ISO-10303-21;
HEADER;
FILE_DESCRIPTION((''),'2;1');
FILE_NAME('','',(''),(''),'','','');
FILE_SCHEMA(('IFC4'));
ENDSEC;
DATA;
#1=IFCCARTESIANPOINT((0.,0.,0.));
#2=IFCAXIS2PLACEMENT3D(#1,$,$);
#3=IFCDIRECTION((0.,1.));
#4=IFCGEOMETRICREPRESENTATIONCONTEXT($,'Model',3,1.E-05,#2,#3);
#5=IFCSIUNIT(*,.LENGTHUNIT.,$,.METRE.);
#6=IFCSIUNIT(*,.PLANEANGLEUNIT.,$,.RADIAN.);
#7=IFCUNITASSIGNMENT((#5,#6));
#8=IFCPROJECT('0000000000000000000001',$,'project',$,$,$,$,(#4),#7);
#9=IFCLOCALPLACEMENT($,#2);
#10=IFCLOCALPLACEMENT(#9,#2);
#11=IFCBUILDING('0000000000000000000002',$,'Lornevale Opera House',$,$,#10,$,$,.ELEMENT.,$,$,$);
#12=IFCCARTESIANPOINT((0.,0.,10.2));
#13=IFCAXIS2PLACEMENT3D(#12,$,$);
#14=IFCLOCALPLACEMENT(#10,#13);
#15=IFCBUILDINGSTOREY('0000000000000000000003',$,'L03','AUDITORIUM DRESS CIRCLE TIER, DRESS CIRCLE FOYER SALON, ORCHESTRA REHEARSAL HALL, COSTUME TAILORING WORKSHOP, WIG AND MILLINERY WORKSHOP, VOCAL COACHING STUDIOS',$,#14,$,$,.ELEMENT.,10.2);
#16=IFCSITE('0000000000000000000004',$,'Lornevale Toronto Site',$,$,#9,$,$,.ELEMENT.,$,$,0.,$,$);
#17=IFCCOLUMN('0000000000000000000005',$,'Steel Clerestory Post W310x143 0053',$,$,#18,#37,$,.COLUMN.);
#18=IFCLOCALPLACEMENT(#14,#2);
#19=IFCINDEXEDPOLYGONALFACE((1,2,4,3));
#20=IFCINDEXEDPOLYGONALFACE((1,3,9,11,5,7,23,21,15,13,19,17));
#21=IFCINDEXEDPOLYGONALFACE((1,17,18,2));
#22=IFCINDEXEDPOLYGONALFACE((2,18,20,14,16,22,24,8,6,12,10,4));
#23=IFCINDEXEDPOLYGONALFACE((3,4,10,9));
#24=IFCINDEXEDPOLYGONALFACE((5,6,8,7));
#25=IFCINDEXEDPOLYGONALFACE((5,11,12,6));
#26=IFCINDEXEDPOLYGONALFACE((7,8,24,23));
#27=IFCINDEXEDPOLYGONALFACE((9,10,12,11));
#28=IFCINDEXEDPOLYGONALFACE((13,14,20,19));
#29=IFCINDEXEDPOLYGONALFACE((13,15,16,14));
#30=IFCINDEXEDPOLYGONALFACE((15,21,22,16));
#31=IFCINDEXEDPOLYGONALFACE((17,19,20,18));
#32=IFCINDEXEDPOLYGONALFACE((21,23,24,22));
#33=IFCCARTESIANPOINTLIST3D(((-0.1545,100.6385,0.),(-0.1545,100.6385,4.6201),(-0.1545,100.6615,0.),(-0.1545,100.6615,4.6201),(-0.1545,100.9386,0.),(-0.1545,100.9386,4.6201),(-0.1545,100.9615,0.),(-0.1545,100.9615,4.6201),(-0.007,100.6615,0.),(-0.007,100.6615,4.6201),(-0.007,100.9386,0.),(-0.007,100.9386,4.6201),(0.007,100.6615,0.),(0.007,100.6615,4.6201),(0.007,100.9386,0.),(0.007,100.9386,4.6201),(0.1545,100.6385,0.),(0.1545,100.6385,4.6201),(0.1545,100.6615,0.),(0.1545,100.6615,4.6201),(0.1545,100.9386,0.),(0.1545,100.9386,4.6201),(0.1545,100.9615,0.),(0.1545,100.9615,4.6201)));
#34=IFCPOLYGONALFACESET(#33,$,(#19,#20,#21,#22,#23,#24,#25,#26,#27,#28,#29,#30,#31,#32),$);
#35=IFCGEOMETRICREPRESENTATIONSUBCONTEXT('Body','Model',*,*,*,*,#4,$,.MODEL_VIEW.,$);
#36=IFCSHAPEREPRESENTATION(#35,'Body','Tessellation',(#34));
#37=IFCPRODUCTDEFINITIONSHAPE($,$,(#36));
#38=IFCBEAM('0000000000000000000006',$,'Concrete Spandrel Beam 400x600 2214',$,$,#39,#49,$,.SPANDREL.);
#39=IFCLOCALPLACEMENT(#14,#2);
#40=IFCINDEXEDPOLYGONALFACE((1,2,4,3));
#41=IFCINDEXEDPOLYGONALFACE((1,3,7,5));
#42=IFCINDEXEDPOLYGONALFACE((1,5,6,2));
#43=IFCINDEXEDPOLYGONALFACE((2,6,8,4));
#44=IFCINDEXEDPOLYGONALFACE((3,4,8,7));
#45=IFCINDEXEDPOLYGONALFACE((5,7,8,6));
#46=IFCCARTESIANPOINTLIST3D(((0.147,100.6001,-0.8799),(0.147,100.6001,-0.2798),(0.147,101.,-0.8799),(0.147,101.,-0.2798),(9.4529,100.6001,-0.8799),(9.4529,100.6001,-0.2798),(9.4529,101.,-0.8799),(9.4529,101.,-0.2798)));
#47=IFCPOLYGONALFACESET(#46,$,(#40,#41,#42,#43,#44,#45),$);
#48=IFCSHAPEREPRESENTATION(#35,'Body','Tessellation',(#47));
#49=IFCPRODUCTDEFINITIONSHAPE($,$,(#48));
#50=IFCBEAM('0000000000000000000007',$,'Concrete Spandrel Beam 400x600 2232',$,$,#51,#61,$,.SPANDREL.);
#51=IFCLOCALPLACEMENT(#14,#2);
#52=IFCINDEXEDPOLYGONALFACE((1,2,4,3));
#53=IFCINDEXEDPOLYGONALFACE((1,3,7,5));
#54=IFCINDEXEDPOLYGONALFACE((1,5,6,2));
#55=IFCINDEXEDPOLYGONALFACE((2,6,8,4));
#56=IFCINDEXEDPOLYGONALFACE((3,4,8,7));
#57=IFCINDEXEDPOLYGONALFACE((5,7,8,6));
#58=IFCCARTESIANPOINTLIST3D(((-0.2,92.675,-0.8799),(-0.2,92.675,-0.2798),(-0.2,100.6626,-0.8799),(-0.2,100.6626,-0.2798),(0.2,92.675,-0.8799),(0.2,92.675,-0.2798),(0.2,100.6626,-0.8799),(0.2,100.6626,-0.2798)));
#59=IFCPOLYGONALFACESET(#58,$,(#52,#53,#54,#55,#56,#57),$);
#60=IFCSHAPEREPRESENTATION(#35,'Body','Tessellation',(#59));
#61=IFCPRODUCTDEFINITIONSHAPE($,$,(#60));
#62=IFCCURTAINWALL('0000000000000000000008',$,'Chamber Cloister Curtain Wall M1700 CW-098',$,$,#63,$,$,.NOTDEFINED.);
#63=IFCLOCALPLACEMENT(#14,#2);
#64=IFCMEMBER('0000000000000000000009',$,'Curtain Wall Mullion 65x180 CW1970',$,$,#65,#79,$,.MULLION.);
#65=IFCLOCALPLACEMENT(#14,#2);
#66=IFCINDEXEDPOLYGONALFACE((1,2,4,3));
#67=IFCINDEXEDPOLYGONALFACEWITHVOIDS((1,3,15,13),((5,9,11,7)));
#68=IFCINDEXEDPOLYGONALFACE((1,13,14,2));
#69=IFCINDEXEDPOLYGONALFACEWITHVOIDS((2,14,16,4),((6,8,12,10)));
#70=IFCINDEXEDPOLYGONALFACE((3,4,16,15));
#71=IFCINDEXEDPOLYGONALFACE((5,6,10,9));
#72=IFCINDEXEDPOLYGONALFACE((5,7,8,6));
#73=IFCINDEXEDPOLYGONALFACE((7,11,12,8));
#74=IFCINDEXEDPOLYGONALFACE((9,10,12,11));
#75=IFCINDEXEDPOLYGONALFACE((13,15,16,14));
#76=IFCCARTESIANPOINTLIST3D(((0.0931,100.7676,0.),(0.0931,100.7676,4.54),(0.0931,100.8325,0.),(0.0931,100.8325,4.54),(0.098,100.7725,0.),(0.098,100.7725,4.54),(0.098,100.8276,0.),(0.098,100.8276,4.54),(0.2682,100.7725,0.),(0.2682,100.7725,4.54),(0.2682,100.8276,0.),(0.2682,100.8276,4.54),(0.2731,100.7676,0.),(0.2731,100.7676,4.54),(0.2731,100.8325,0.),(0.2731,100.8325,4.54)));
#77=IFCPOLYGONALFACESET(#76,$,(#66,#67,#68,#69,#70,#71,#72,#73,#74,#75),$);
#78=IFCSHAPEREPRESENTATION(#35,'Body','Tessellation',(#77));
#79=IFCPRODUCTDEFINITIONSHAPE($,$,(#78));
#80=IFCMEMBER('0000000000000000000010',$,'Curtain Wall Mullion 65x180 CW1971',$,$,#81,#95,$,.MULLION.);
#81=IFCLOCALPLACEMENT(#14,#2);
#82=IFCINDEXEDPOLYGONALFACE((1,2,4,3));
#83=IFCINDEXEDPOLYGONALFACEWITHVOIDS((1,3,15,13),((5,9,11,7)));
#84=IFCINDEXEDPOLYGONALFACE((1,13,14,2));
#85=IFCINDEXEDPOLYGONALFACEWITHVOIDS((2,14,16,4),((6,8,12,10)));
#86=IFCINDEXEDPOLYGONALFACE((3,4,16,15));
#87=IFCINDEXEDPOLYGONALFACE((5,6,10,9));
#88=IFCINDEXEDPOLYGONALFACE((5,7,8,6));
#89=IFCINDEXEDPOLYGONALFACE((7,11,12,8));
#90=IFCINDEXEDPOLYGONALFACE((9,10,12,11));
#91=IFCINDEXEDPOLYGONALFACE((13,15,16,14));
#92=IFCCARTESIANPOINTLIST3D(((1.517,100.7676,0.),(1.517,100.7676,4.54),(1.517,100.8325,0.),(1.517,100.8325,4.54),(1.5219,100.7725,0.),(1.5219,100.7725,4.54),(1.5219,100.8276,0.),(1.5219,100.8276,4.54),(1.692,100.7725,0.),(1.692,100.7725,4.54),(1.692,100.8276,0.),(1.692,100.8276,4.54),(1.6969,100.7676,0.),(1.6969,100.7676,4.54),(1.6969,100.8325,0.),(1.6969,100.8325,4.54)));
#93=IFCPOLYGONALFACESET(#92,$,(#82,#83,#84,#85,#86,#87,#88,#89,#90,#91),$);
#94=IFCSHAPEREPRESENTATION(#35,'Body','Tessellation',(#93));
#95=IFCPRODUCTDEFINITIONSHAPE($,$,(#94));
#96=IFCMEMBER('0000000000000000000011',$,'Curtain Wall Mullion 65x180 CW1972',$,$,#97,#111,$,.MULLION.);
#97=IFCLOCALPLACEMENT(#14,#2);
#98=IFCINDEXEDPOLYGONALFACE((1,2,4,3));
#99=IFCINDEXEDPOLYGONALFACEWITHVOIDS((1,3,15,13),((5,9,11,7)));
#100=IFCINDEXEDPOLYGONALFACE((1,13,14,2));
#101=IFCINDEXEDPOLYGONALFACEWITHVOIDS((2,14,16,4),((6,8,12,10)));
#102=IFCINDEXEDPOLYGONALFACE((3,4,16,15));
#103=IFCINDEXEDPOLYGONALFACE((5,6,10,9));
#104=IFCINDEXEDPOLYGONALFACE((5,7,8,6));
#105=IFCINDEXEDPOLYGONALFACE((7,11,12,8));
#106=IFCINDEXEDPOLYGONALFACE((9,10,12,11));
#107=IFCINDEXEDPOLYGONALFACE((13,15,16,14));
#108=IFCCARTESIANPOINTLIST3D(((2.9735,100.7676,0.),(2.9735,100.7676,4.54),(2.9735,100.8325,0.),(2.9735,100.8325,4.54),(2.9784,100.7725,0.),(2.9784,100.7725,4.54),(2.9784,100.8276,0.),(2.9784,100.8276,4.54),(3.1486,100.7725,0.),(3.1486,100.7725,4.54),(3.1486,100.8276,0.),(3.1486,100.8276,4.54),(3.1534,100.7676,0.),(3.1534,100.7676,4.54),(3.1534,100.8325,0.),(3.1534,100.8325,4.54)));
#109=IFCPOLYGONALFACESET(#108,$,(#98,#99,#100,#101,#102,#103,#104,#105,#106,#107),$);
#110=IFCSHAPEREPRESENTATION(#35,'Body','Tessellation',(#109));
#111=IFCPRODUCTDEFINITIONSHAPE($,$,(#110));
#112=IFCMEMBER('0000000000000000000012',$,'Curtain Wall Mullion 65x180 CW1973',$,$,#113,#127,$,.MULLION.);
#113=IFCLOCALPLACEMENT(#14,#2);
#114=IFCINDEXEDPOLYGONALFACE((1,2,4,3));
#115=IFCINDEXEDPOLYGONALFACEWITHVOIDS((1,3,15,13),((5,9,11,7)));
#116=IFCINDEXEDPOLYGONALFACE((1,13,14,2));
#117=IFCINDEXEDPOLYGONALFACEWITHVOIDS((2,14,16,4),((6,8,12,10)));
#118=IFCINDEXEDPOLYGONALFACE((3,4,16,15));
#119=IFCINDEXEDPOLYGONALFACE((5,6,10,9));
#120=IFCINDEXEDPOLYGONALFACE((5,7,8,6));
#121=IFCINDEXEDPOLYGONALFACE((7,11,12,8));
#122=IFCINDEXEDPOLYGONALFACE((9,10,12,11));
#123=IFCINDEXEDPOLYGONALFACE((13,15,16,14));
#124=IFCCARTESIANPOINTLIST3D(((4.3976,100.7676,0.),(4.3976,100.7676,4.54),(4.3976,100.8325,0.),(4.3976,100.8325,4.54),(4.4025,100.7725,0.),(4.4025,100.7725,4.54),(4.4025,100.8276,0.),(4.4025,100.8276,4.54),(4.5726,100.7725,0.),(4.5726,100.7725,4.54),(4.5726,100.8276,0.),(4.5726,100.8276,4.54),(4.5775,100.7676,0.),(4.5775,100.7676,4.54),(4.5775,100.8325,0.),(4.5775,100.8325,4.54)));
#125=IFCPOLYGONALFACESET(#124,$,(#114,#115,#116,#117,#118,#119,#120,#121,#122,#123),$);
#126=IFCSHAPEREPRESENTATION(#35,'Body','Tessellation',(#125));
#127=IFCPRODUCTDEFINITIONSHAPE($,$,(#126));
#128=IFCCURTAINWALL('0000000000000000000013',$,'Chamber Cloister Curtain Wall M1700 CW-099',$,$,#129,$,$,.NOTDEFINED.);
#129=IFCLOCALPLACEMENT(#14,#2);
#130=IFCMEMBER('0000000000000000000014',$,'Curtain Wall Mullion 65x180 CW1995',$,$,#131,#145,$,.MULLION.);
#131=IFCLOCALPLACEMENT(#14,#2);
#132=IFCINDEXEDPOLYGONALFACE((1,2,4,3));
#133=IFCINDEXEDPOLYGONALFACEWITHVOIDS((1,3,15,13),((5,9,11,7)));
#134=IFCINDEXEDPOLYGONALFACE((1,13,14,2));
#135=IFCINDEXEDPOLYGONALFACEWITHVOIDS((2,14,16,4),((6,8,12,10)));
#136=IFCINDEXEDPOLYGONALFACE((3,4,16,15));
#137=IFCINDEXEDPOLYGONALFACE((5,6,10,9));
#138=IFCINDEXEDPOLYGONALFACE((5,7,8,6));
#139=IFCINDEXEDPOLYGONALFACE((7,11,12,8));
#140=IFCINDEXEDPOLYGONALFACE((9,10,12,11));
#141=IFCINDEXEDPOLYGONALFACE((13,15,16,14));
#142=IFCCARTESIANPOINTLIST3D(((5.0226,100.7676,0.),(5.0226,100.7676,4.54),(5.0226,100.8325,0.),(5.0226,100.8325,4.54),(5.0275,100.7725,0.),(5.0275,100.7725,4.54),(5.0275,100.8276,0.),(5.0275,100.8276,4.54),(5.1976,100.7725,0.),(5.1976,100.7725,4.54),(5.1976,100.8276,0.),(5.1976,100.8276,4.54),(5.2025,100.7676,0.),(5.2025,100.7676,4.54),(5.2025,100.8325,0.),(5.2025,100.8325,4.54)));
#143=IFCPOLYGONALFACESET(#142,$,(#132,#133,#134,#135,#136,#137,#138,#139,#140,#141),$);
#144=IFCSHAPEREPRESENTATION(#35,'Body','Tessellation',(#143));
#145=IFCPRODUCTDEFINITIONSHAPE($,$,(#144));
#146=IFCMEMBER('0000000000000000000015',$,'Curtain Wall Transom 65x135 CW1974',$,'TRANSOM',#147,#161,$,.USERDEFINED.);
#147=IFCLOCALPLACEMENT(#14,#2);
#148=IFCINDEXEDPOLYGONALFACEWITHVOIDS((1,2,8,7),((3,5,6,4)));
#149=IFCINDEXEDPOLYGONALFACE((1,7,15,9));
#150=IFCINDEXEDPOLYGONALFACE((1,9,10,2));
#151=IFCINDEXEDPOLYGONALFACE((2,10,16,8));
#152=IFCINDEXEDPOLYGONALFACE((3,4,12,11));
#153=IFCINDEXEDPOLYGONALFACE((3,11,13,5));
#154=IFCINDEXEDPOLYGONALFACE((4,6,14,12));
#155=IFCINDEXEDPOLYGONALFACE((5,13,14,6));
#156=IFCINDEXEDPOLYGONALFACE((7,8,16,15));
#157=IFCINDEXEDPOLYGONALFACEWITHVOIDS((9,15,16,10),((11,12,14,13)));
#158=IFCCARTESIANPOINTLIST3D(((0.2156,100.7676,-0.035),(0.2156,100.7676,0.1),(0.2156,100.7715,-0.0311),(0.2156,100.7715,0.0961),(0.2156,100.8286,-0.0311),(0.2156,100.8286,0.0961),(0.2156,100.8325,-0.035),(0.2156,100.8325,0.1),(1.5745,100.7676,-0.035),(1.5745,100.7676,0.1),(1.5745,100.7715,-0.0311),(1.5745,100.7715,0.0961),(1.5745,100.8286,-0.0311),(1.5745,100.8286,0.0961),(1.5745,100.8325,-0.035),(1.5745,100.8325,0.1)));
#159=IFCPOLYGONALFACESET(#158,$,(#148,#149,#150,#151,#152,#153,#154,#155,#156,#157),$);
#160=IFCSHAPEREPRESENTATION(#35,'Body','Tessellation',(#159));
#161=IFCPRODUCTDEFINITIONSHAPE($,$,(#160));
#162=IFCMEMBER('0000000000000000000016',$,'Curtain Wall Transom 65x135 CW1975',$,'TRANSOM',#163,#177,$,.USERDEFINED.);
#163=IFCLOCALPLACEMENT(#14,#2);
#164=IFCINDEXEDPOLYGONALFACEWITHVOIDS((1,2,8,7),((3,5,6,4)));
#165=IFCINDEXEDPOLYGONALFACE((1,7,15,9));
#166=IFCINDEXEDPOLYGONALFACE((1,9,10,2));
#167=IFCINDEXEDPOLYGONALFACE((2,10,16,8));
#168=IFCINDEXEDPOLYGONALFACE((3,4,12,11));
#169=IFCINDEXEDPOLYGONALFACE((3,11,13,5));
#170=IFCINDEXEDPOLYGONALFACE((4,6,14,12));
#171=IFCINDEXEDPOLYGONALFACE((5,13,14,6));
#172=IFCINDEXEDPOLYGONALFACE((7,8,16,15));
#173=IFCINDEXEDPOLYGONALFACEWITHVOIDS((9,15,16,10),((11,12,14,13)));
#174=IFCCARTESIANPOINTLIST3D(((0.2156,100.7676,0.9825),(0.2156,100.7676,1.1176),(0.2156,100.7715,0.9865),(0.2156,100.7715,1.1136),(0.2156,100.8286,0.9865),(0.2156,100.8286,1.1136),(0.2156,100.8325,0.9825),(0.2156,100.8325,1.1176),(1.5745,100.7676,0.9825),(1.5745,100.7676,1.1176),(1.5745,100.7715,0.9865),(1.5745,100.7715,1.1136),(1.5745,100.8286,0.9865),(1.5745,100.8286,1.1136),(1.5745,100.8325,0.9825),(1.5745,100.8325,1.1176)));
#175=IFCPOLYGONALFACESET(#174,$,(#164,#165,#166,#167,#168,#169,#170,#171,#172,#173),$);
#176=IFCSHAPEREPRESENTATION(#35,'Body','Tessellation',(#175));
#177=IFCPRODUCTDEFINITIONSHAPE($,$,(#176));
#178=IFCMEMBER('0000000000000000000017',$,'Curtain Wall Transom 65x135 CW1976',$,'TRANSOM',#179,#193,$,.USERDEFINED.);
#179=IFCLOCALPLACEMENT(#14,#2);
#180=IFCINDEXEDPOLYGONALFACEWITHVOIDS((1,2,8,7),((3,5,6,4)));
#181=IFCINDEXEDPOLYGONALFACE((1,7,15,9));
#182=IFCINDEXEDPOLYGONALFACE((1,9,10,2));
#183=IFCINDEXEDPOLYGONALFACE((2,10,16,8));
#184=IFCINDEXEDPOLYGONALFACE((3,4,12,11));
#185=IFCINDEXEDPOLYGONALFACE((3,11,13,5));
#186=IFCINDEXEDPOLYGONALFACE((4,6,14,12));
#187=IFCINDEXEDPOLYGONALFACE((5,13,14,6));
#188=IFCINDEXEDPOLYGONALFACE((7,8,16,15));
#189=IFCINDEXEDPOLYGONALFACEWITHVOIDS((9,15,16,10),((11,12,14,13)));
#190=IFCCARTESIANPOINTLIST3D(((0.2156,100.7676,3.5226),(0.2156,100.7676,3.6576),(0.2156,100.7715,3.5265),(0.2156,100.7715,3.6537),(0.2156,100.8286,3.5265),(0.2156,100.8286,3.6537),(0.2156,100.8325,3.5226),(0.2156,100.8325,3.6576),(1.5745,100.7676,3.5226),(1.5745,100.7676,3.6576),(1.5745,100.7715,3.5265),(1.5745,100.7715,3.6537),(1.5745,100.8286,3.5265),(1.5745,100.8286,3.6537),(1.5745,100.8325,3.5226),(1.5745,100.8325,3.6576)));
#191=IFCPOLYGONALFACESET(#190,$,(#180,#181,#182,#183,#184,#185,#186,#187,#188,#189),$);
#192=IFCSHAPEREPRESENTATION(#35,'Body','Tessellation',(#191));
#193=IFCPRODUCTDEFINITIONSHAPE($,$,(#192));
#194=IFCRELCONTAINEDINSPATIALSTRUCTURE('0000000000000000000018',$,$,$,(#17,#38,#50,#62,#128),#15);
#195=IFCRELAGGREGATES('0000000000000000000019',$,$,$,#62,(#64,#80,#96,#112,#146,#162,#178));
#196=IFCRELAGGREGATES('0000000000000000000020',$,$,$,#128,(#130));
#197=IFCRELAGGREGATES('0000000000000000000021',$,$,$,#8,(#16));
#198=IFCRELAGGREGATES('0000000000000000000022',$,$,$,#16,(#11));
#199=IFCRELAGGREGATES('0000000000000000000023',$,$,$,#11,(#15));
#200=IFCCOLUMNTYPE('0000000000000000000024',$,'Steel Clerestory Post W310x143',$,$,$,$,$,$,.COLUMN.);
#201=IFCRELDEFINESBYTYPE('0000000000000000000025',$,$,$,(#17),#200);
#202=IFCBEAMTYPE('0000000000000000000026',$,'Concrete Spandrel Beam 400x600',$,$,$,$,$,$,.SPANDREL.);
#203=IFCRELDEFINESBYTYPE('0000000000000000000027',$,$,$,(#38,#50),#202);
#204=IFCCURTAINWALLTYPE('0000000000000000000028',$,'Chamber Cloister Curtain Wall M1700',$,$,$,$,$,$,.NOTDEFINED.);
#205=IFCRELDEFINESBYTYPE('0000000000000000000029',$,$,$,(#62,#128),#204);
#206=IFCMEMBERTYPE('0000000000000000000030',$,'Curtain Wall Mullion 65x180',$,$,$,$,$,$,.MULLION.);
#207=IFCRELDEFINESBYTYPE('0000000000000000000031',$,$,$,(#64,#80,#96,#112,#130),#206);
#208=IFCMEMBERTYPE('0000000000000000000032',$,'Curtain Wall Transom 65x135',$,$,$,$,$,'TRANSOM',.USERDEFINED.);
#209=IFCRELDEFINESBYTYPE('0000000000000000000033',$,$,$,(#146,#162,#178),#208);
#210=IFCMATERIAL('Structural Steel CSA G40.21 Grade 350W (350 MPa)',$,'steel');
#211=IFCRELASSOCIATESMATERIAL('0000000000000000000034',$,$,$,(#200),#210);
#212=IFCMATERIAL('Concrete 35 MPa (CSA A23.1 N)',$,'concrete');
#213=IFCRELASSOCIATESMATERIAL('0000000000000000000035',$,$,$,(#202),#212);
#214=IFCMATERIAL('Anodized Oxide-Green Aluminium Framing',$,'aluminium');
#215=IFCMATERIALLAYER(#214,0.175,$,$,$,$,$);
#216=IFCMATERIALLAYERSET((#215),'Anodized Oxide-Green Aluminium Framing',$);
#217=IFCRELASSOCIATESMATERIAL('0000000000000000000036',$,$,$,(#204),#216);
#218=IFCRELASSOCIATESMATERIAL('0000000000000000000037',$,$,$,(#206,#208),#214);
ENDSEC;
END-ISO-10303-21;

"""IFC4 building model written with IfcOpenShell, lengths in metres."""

from ifc_helpers import new_model, si_unit, direction, frame, origin, origin_2d, place, context, subcontext, project, spatial, rectangle, hollow_rectangle, i_section, extrude, material, layer, layer_set, material_profile, profile_set, type_object, element, aggregate, save


model = new_model("IFC4")

# Units and contexts
model_context = context("Model", 3, precision=1e-05, world=origin(), true_north=direction((0.0, 1.0)))
body_context = subcontext(model_context, "Body", "Model", "MODEL_VIEW")
ifc_project = project(units=[si_unit("LENGTHUNIT", "METRE"), si_unit("PLANEANGLEUNIT", "RADIAN")], contexts=[model_context])

# Site, building, storey
site_placement = place(None, origin())
site = spatial("IfcSite", under=ifc_project, at=site_placement, Name="Lornevale Toronto Site", CompositionType="ELEMENT", RefElevation=0.0)
building_placement = place(site_placement, origin())
building = spatial("IfcBuilding", under=site, at=building_placement, Name="Lornevale Opera House", CompositionType="ELEMENT")
storey_placement = place(building_placement, frame((0.0, 0.0, 10.2)))
storey = spatial("IfcBuildingStorey", under=building, at=storey_placement, Name="L03", Description="AUDITORIUM DRESS CIRCLE TIER, DRESS CIRCLE FOYER SALON, ORCHESTRA REHEARSAL HALL, COSTUME TAILORING WORKSHOP, WIG AND MILLINERY WORKSHOP, VOCAL COACHING STUDIOS", CompositionType="ELEMENT", Elevation=10.2)

# Column
ifc_material_1 = material(Name="Structural Steel CSA G40.21 Grade 350W (350 MPa)", Category="steel")
ifc_material_profile_1 = material_profile(ifc_material_1, i_section(OverallWidth=0.3091, OverallDepth=0.323, WebThickness=0.0139, FlangeThickness=0.0229, at=origin_2d()), Name="W310x143")
ifc_profile_set_1 = profile_set([ifc_material_profile_1], Name="Structural Steel CSA G40.21 Grade 350W (350 MPa)")
column_type = type_object("IfcColumnType", Name="Steel Clerestory Post W310x143", PredefinedType="COLUMN", material=ifc_profile_set_1)
column_placement = place(storey_placement, frame((0.0, 100.8, 0.0), z_axis=(0.0, 0.0, 1.0), x_axis=(1.0, 0.0, 0.0)))
element("IfcColumn", 1, at=column_placement, inside=storey, type_object=column_type, Name="Steel Clerestory Post W310x143 0053", PredefinedType="COLUMN", context=body_context, shape_type="SweptSolid", body=[
    extrude(i_section(OverallWidth=0.3091, OverallDepth=0.323, WebThickness=0.0139, FlangeThickness=0.0229, at=origin_2d()), origin(), (0.0, 0.0, 1.0), 4.6201),
])

# Beams
ifc_material_2 = material(Name="Concrete 35 MPa (CSA A23.1 N)", Category="concrete")
ifc_material_profile_2 = material_profile(ifc_material_2, rectangle(XDim=0.3999, YDim=0.6001, at=origin_2d()), Name="RC400x600")
ifc_profile_set_2 = profile_set([ifc_material_profile_2], Name="Concrete 35 MPa (CSA A23.1 N)")
beam_type_1 = type_object("IfcBeamType", Name="Concrete Spandrel Beam 400x600", PredefinedType="SPANDREL", material=ifc_profile_set_2)
beam_1_placement = place(storey_placement, frame((0.147, 100.8, -0.5798), z_axis=(1.0, 0.0, 0.0), x_axis=(0.0, 1.0, 0.0)))
element("IfcBeam", 2, at=beam_1_placement, inside=storey, type_object=beam_type_1, Name="Concrete Spandrel Beam 400x600 2214", PredefinedType="SPANDREL", context=body_context, shape_type="SweptSolid", body=[
    extrude(rectangle(XDim=0.3999, YDim=0.6001, at=origin_2d()), origin(), (0.0, 0.0, 1.0), 9.3059),
])
beam_2_placement = place(storey_placement, frame((0.0, 92.675, -0.5798), z_axis=(0.0, 1.0, 0.0), x_axis=(-1.0, 0.0, 0.0)))
element("IfcBeam", 3, at=beam_2_placement, inside=storey, type_object=beam_type_1, Name="Concrete Spandrel Beam 400x600 2232", PredefinedType="SPANDREL", context=body_context, shape_type="SweptSolid", body=[
    extrude(rectangle(XDim=0.3999, YDim=0.6001, at=origin_2d()), origin(), (0.0, 0.0, 1.0), 7.9875),
])

# Curtain wall, members
ifc_material_3 = material(Name="Anodized Oxide-Green Aluminium Framing", Category="aluminium")
ifc_layer_1 = layer(ifc_material_3, 0.175)
ifc_layer_set_1 = layer_set([ifc_layer_1], Name="Anodized Oxide-Green Aluminium Framing")
curtain_wall_type = type_object("IfcCurtainWallType", Name="Chamber Cloister Curtain Wall M1700", PredefinedType="NOTDEFINED", material=ifc_layer_set_1)
curtain_wall_1_placement = place(storey_placement, origin())
curtain_wall_1 = element("IfcCurtainWall", 4, at=curtain_wall_1_placement, inside=storey, type_object=curtain_wall_type, Name="Chamber Cloister Curtain Wall M1700 CW-098", PredefinedType="NOTDEFINED")
ifc_material_profile_3 = material_profile(ifc_material_3, hollow_rectangle(XDim=0.0649, YDim=0.1799, WallThickness=0.0049, at=origin_2d()), Name="ALU65x180x5")
ifc_profile_set_3 = profile_set([ifc_material_profile_3], Name="Anodized Oxide-Green Aluminium Framing")
member_type_1 = type_object("IfcMemberType", Name="Curtain Wall Mullion 65x180", PredefinedType="MULLION", material=ifc_profile_set_3)
member_1_placement = place(storey_placement, frame((0.1831, 100.8, 0.0), z_axis=(0.0, 0.0, 1.0), x_axis=(0.0, 1.0, 0.0)))
member_1 = element("IfcMember", 5, at=member_1_placement, type_object=member_type_1, Name="Curtain Wall Mullion 65x180 CW1970", PredefinedType="MULLION", context=body_context, shape_type="SweptSolid", body=[
    extrude(hollow_rectangle(XDim=0.0649, YDim=0.1799, WallThickness=0.0049, at=origin_2d()), origin(), (0.0, 0.0, 1.0), 4.54),
])
member_2_placement = place(storey_placement, frame((1.6069, 100.8, 0.0), z_axis=(0.0, 0.0, 1.0), x_axis=(0.0, 1.0, 0.0)))
member_2 = element("IfcMember", 6, at=member_2_placement, type_object=member_type_1, Name="Curtain Wall Mullion 65x180 CW1971", PredefinedType="MULLION", context=body_context, shape_type="SweptSolid", body=[
    extrude(hollow_rectangle(XDim=0.0649, YDim=0.1799, WallThickness=0.0049, at=origin_2d()), origin(), (0.0, 0.0, 1.0), 4.54),
])
member_3_placement = place(storey_placement, frame((3.0635, 100.8, 0.0), z_axis=(0.0, 0.0, 1.0), x_axis=(0.0, 1.0, 0.0)))
member_3 = element("IfcMember", 7, at=member_3_placement, type_object=member_type_1, Name="Curtain Wall Mullion 65x180 CW1972", PredefinedType="MULLION", context=body_context, shape_type="SweptSolid", body=[
    extrude(hollow_rectangle(XDim=0.0649, YDim=0.1799, WallThickness=0.0049, at=origin_2d()), origin(), (0.0, 0.0, 1.0), 4.54),
])
member_4_placement = place(storey_placement, frame((4.4875, 100.8, 0.0), z_axis=(0.0, 0.0, 1.0), x_axis=(0.0, 1.0, 0.0)))
member_4 = element("IfcMember", 8, at=member_4_placement, type_object=member_type_1, Name="Curtain Wall Mullion 65x180 CW1973", PredefinedType="MULLION", context=body_context, shape_type="SweptSolid", body=[
    extrude(hollow_rectangle(XDim=0.0649, YDim=0.1799, WallThickness=0.0049, at=origin_2d()), origin(), (0.0, 0.0, 1.0), 4.54),
])

# Curtain wall, member
curtain_wall_2_placement = place(storey_placement, origin())
curtain_wall_2 = element("IfcCurtainWall", 9, at=curtain_wall_2_placement, inside=storey, type_object=curtain_wall_type, Name="Chamber Cloister Curtain Wall M1700 CW-099", PredefinedType="NOTDEFINED")
member_5_placement = place(storey_placement, frame((5.1125, 100.8, 0.0), z_axis=(0.0, 0.0, 1.0), x_axis=(0.0, 1.0, 0.0)))
member_5 = element("IfcMember", 10, at=member_5_placement, type_object=member_type_1, Name="Curtain Wall Mullion 65x180 CW1995", PredefinedType="MULLION", context=body_context, shape_type="SweptSolid", body=[
    extrude(hollow_rectangle(XDim=0.0649, YDim=0.1799, WallThickness=0.0049, at=origin_2d()), origin(), (0.0, 0.0, 1.0), 4.54),
])

# Members
ifc_material_profile_4 = material_profile(ifc_material_3, hollow_rectangle(XDim=0.0649, YDim=0.135, WallThickness=0.0039, at=origin_2d()), Name="ALU65x135x4")
ifc_profile_set_4 = profile_set([ifc_material_profile_4], Name="Anodized Oxide-Green Aluminium Framing")
member_type_2 = type_object("IfcMemberType", Name="Curtain Wall Transom 65x135", ElementType="TRANSOM", PredefinedType="USERDEFINED", material=ifc_profile_set_4)
member_6_placement = place(storey_placement, frame((0.2156, 100.8, 0.0325), z_axis=(1.0, 0.0, 0.0), x_axis=(0.0, 1.0, 0.0)))
member_6 = element("IfcMember", 11, at=member_6_placement, type_object=member_type_2, Name="Curtain Wall Transom 65x135 CW1974", ObjectType="TRANSOM", PredefinedType="USERDEFINED", context=body_context, shape_type="SweptSolid", body=[
    extrude(hollow_rectangle(XDim=0.0649, YDim=0.135, WallThickness=0.0039, at=origin_2d()), origin(), (0.0, 0.0, 1.0), 1.3589),
])
member_7_placement = place(storey_placement, frame((0.2156, 100.8, 1.05), z_axis=(1.0, 0.0, 0.0), x_axis=(0.0, 1.0, 0.0)))
member_7 = element("IfcMember", 12, at=member_7_placement, type_object=member_type_2, Name="Curtain Wall Transom 65x135 CW1975", ObjectType="TRANSOM", PredefinedType="USERDEFINED", context=body_context, shape_type="SweptSolid", body=[
    extrude(hollow_rectangle(XDim=0.0649, YDim=0.135, WallThickness=0.0039, at=origin_2d()), origin(), (0.0, 0.0, 1.0), 1.3589),
])
member_8_placement = place(storey_placement, frame((0.2156, 100.8, 3.5901), z_axis=(1.0, 0.0, 0.0), x_axis=(0.0, 1.0, 0.0)))
member_8 = element("IfcMember", 13, at=member_8_placement, type_object=member_type_2, Name="Curtain Wall Transom 65x135 CW1976", ObjectType="TRANSOM", PredefinedType="USERDEFINED", context=body_context, shape_type="SweptSolid", body=[
    extrude(hollow_rectangle(XDim=0.0649, YDim=0.135, WallThickness=0.0039, at=origin_2d()), origin(), (0.0, 0.0, 1.0), 1.3589),
])

aggregate(curtain_wall_1, [member_1, member_2, member_3, member_4, member_6, member_7, member_8])
aggregate(curtain_wall_2, [member_5])

save(model, "model.ifc")
